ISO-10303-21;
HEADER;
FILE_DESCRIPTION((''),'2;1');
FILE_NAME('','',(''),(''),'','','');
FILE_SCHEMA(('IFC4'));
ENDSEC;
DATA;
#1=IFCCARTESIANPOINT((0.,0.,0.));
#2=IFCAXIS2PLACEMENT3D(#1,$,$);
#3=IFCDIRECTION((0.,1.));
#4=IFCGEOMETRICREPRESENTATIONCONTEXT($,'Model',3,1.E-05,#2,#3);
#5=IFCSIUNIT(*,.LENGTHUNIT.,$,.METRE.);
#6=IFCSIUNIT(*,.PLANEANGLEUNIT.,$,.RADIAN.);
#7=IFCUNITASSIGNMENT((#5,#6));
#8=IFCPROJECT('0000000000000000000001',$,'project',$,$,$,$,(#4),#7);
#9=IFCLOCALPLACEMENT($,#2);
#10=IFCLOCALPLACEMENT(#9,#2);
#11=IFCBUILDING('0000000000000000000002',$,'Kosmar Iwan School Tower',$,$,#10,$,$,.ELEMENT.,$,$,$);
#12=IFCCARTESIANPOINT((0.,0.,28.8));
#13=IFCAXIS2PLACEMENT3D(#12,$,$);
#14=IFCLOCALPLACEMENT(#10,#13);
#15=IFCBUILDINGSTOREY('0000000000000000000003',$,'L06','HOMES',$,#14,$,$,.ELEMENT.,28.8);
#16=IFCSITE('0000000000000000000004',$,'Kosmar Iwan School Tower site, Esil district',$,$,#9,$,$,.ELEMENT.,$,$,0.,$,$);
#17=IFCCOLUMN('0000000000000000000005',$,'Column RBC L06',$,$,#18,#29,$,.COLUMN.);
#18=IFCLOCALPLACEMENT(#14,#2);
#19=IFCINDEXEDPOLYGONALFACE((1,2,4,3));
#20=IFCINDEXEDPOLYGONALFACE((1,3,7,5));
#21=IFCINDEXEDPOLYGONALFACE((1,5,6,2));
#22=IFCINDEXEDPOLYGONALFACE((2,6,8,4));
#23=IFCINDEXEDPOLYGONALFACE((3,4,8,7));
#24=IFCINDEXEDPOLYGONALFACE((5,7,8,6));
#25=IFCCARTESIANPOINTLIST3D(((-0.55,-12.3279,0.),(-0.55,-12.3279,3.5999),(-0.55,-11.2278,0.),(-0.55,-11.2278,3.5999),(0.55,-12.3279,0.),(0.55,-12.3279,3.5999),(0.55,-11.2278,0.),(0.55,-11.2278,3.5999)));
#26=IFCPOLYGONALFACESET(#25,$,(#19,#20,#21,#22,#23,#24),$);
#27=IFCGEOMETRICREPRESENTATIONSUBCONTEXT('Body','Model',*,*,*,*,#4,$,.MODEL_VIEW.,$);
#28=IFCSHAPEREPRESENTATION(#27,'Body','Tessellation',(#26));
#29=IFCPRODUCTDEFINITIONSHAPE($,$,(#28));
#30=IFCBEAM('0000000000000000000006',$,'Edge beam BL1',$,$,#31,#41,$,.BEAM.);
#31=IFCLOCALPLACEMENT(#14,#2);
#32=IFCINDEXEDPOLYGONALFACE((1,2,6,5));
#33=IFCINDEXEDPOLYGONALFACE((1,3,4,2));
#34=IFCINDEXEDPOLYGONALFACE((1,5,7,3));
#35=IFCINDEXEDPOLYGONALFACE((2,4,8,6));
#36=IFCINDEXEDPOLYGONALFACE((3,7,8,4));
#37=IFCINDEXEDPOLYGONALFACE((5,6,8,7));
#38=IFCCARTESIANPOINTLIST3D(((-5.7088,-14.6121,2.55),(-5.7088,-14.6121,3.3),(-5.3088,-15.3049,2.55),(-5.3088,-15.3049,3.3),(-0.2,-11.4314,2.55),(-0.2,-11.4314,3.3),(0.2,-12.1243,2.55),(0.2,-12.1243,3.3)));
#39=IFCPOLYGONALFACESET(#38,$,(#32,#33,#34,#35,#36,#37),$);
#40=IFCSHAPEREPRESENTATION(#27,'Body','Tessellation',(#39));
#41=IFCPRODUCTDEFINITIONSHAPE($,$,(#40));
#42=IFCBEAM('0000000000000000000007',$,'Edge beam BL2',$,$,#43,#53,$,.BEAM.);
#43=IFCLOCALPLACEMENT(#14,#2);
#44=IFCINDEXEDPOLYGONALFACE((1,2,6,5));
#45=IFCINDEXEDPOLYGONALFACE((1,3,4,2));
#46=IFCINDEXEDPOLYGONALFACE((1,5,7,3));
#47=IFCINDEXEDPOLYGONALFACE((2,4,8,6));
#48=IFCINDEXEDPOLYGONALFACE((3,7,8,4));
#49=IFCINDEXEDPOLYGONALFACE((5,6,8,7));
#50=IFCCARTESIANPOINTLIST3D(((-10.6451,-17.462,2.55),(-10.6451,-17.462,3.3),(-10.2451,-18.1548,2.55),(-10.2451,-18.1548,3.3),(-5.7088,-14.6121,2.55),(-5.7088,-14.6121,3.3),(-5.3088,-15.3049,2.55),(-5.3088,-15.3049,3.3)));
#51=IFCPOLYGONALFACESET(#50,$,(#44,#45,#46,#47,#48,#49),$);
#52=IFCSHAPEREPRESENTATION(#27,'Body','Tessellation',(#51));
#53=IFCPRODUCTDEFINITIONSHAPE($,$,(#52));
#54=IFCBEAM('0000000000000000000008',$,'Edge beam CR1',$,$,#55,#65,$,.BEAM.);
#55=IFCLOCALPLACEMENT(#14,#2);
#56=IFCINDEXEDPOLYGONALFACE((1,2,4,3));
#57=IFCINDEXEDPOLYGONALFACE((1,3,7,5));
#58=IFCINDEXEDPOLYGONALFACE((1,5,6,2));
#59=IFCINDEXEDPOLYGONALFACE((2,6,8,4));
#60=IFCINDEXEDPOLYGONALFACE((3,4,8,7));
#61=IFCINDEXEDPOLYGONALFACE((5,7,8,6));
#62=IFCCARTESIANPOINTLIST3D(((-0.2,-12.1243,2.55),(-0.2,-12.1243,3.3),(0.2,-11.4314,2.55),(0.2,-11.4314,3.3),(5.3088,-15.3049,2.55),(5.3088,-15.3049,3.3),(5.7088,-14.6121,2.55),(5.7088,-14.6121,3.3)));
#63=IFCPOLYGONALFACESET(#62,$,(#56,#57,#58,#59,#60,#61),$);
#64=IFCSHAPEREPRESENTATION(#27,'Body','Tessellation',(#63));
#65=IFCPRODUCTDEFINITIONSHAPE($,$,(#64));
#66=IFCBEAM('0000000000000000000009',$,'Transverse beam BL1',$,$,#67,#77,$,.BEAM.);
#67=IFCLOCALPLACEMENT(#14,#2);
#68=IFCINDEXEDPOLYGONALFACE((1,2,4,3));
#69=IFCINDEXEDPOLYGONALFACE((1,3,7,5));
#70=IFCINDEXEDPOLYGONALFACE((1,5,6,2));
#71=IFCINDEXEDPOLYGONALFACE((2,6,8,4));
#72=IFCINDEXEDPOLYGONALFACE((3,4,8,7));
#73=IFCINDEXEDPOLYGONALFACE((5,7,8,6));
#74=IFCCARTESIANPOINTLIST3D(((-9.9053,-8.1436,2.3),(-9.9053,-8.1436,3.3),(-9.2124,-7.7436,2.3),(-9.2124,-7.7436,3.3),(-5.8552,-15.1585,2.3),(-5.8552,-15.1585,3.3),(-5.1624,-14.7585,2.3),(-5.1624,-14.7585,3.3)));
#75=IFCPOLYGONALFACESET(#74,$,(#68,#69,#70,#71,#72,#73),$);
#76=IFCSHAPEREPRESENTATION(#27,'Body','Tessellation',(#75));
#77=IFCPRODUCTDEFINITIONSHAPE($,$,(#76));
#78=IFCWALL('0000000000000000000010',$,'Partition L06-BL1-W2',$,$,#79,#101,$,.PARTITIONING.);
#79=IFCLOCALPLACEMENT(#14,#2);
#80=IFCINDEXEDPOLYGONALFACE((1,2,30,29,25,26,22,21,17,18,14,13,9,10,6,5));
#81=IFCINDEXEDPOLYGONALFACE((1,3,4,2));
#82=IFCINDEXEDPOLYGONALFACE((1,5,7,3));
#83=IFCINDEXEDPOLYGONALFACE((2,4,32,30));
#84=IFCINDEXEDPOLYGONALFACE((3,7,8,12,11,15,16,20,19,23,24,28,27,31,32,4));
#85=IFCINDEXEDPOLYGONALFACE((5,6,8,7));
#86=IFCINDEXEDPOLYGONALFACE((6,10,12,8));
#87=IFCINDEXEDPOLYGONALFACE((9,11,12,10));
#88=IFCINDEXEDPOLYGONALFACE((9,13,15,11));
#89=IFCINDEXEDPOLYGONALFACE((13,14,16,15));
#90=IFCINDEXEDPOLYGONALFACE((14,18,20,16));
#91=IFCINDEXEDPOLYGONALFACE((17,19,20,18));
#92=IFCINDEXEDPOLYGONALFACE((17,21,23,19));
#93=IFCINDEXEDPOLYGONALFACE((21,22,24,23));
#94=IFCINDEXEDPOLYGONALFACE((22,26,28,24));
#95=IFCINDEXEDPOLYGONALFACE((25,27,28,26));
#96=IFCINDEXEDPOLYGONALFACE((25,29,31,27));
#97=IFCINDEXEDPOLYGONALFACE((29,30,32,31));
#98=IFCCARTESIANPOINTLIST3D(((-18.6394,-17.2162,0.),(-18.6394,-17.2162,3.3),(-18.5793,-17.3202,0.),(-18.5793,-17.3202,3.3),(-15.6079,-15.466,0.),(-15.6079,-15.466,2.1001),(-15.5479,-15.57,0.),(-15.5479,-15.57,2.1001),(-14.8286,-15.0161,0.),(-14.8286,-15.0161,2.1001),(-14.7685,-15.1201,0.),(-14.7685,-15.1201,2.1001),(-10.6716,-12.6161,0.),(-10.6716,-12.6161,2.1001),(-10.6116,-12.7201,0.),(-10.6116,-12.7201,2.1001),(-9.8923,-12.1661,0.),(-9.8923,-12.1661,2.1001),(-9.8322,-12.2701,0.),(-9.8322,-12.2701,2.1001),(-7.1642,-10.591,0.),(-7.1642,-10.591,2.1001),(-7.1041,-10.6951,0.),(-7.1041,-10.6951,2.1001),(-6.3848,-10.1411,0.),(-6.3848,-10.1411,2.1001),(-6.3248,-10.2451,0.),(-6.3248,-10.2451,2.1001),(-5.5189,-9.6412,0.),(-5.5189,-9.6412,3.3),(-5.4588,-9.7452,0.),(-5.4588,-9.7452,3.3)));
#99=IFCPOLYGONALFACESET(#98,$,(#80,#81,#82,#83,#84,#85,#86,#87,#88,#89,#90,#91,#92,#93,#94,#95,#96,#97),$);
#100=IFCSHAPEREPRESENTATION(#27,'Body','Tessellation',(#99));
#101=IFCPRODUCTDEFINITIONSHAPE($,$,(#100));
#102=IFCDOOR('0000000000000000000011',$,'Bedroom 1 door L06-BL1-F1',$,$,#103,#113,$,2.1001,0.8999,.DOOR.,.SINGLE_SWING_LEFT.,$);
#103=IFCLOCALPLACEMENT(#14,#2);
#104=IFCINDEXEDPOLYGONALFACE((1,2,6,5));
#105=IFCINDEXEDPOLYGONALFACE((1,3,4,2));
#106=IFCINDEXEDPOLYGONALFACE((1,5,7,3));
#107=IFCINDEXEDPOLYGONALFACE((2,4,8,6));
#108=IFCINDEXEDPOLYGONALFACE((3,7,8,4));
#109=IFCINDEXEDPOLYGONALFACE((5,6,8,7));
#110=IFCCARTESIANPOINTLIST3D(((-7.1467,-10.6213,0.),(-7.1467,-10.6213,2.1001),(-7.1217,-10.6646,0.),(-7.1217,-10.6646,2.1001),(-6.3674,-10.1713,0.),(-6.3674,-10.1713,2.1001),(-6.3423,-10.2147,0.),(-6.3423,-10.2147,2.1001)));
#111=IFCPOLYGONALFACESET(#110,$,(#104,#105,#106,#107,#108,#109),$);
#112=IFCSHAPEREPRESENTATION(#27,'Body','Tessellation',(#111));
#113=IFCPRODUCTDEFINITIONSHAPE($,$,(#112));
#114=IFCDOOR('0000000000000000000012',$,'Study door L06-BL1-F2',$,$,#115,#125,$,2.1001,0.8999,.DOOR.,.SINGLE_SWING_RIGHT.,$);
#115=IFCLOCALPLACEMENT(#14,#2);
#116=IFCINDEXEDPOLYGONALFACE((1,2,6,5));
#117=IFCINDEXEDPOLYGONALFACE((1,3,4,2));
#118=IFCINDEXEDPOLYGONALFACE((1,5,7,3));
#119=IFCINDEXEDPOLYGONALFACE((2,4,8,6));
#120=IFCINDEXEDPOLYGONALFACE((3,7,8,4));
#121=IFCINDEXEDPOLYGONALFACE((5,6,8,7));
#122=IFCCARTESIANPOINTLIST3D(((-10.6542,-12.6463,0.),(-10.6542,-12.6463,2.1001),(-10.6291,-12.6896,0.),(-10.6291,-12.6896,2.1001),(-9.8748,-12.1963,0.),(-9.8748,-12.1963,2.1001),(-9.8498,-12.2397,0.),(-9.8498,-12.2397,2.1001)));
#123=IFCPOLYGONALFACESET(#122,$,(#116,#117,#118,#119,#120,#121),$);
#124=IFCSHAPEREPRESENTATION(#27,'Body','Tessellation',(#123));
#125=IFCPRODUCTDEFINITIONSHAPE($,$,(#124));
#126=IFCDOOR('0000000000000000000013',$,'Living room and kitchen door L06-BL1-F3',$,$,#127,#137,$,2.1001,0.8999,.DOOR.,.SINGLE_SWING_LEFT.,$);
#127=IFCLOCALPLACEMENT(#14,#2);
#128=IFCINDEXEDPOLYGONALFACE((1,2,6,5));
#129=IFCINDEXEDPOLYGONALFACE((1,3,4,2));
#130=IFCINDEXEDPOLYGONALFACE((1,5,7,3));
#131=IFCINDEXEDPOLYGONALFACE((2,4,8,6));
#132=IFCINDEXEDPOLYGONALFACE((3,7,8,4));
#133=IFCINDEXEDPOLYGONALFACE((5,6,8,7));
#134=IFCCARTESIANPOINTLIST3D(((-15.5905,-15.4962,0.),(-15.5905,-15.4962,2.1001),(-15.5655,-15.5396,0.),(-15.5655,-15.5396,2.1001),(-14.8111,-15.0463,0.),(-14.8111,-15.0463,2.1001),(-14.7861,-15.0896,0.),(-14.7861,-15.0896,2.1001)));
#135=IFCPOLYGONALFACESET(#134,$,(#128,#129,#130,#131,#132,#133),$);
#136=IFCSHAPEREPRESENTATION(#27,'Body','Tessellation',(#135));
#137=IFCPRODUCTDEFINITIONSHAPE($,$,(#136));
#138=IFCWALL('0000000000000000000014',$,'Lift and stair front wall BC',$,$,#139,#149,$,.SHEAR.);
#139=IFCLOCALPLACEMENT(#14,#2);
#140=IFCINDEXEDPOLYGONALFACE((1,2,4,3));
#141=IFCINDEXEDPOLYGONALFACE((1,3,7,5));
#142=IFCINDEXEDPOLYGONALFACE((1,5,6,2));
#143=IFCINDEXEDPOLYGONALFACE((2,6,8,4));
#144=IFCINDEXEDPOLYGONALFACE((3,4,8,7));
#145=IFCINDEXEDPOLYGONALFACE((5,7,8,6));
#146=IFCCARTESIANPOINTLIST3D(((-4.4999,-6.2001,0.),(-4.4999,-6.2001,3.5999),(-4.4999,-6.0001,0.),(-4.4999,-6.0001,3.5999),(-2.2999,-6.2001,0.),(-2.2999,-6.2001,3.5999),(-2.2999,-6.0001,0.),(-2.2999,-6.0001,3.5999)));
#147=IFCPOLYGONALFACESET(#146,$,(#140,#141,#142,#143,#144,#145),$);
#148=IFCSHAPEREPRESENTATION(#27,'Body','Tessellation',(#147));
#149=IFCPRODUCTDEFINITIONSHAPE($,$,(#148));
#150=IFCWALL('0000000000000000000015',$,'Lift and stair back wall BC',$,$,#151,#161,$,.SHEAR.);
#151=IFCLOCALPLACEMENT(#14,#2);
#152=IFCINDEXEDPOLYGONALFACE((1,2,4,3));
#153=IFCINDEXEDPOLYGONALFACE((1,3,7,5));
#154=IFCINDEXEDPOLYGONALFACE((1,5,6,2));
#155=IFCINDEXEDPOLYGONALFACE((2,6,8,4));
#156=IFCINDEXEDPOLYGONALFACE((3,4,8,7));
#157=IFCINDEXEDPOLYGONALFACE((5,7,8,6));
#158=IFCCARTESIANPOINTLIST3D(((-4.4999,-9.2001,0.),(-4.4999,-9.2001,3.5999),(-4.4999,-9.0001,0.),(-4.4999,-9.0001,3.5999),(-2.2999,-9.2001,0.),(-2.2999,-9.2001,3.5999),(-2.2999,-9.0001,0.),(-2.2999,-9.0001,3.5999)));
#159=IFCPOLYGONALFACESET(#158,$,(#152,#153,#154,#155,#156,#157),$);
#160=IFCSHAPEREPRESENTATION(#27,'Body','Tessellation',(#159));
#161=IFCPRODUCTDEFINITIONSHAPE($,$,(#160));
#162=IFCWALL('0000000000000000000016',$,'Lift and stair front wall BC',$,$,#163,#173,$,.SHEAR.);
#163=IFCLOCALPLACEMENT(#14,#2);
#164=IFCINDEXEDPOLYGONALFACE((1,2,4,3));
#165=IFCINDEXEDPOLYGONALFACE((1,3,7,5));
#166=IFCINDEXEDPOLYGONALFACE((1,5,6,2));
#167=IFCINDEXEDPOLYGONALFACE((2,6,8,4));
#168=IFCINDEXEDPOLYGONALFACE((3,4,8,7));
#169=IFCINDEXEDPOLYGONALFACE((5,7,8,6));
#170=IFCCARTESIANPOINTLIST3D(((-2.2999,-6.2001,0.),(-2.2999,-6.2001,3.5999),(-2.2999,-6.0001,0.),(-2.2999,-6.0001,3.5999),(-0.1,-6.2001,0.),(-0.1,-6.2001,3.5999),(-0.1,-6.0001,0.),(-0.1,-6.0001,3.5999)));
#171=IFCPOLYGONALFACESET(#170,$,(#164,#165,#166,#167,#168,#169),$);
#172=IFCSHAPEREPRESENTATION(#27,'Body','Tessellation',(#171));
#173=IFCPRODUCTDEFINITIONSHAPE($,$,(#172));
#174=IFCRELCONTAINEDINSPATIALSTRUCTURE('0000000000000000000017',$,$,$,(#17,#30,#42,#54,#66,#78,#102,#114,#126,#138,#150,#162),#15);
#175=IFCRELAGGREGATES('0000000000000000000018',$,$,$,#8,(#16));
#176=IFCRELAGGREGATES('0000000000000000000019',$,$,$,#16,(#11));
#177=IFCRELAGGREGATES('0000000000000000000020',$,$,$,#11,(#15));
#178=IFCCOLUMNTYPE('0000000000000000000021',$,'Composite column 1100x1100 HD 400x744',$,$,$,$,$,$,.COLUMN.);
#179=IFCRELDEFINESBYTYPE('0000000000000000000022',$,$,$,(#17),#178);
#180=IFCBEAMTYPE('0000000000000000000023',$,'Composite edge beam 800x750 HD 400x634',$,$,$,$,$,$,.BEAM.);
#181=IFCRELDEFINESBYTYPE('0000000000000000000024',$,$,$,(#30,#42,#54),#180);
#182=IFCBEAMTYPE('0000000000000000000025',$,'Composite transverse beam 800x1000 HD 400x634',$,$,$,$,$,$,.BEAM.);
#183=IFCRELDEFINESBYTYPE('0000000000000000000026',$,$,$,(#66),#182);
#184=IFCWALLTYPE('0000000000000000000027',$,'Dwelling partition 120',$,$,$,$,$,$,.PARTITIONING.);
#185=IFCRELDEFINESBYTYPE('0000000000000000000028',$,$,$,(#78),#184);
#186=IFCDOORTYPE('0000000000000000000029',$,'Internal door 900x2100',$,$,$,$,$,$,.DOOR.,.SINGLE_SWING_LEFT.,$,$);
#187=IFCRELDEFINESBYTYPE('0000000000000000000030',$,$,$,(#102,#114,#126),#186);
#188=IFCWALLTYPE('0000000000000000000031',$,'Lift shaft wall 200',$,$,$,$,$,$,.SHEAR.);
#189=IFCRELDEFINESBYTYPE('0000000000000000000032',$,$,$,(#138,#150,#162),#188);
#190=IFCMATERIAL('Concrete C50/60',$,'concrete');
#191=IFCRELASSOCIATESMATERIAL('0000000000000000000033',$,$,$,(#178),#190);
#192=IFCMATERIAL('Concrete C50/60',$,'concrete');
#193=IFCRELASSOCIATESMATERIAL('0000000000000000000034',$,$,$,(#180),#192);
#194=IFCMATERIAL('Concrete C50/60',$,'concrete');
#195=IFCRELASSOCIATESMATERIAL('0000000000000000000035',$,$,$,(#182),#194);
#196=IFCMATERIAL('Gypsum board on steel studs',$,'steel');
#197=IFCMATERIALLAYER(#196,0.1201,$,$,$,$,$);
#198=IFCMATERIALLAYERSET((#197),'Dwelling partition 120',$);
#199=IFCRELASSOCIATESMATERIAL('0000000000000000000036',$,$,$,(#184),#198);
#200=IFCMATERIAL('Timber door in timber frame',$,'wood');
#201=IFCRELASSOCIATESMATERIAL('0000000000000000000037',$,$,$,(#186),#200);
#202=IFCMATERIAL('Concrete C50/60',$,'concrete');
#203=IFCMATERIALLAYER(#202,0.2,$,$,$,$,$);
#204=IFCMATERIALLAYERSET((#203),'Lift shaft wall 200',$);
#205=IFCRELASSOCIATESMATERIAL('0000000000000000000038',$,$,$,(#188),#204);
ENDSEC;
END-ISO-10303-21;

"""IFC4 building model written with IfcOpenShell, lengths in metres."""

from ifc_helpers import new_model, si_unit, direction, frame, frame_2d, origin, origin_2d, place, context, subcontext, project, spatial, rectangle, extrude, material, layer, layer_set, material_profile, profile_set, type_object, element, fill, save


model = new_model("IFC4")

# Units and contexts
model_context = context("Model", 3, precision=1e-05, world=origin(), true_north=direction((0.0, 1.0)))
body_context = subcontext(model_context, "Body", "Model", "MODEL_VIEW")
ifc_project = project(units=[si_unit("LENGTHUNIT", "METRE"), si_unit("PLANEANGLEUNIT", "RADIAN")], contexts=[model_context])

# Site, building, storey
site_placement = place(None, origin())
site = spatial("IfcSite", under=ifc_project, at=site_placement, Name="Kosmar Iwan School Tower site, Esil district", CompositionType="ELEMENT", RefElevation=0.0)
building_placement = place(site_placement, origin())
building = spatial("IfcBuilding", under=site, at=building_placement, Name="Kosmar Iwan School Tower", CompositionType="ELEMENT")
storey_placement = place(building_placement, frame((0.0, 0.0, 28.8)))
storey = spatial("IfcBuildingStorey", under=building, at=storey_placement, Name="L06", Description="HOMES", CompositionType="ELEMENT", Elevation=28.8)

# Column
ifc_material_1 = material(Name="Concrete C50/60", Category="concrete")
ifc_material_profile_1 = material_profile(ifc_material_1, rectangle(XDim=1.1001, YDim=1.1001, at=origin_2d()), Name="RC 1100x1100 + HD 400x744")
ifc_profile_set_1 = profile_set([ifc_material_profile_1], Name="Concrete C50/60")
column_type = type_object("IfcColumnType", Name="Composite column 1100x1100 HD 400x744", PredefinedType="COLUMN", material=ifc_profile_set_1)
column_placement = place(storey_placement, frame((0.0, -11.7778, 0.0), z_axis=(0.0, 0.0, 1.0), x_axis=(1.0, 0.0, 0.0)))
element("IfcColumn", 1, at=column_placement, inside=storey, type_object=column_type, Name="Column RBC L06", PredefinedType="COLUMN", context=body_context, shape_type="SweptSolid", body=[
    extrude(rectangle(XDim=1.1001, YDim=1.1001, at=origin_2d()), origin(), (0.0, 0.0, 1.0), 3.5999),
])

# Beams
ifc_material_2 = material(Name="Concrete C50/60", Category="concrete")
ifc_material_profile_2 = material_profile(ifc_material_2, rectangle(XDim=0.8, YDim=0.75, at=origin_2d()), Name="RC 800x750 + HD 400x634")
ifc_profile_set_2 = profile_set([ifc_material_profile_2], Name="Concrete C50/60")
beam_type_1 = type_object("IfcBeamType", Name="Composite edge beam 800x750 HD 400x634", PredefinedType="BEAM", material=ifc_profile_set_2)
beam_1_placement = place(storey_placement, frame((0.0, -11.7778, 2.925), z_axis=(-0.866014, -0.500019, 0.0), x_axis=(0.500019, -0.866014, 0.0)))
element("IfcBeam", 2, at=beam_1_placement, inside=storey, type_object=beam_type_1, Name="Edge beam BL1", PredefinedType="BEAM", context=body_context, shape_type="SweptSolid", body=[
    extrude(rectangle(XDim=0.8, YDim=0.75, at=origin_2d()), origin(), (0.0, 0.0, 1.0), 6.3611),
])
beam_2_placement = place(storey_placement, frame((-5.5088, -14.9585, 2.925), z_axis=(-0.866034, -0.499986, 0.0), x_axis=(0.499986, -0.866034, 0.0)))
element("IfcBeam", 3, at=beam_2_placement, inside=storey, type_object=beam_type_1, Name="Edge beam BL2", PredefinedType="BEAM", context=body_context, shape_type="SweptSolid", body=[
    extrude(rectangle(XDim=0.8, YDim=0.75, at=origin_2d()), origin(), (0.0, 0.0, 1.0), 5.7),
])
beam_3_placement = place(storey_placement, frame((0.0, -11.7778, 2.925), z_axis=(0.866014, -0.500019, 0.0), x_axis=(0.500019, 0.866014, 0.0)))
element("IfcBeam", 4, at=beam_3_placement, inside=storey, type_object=beam_type_1, Name="Edge beam CR1", PredefinedType="BEAM", context=body_context, shape_type="SweptSolid", body=[
    extrude(rectangle(XDim=0.8, YDim=0.75, at=origin_2d()), origin(), (0.0, 0.0, 1.0), 6.3611),
])
ifc_material_3 = material(Name="Concrete C50/60", Category="concrete")
ifc_material_profile_3 = material_profile(ifc_material_3, rectangle(XDim=0.8, YDim=1.0, at=origin_2d()), Name="RC 800x1000 + HD 400x634")
ifc_profile_set_3 = profile_set([ifc_material_profile_3], Name="Concrete C50/60")
beam_type_2 = type_object("IfcBeamType", Name="Composite transverse beam 800x1000 HD 400x634", PredefinedType="BEAM", material=ifc_profile_set_3)
beam_4_placement = place(storey_placement, frame((-5.5088, -14.9585, 2.8), z_axis=(-0.5, 0.866025, 0.0), x_axis=(-0.866025, -0.5, 0.0)))
element("IfcBeam", 5, at=beam_4_placement, inside=storey, type_object=beam_type_2, Name="Transverse beam BL1", PredefinedType="BEAM", context=body_context, shape_type="SweptSolid", body=[
    extrude(rectangle(XDim=0.8, YDim=1.0, at=origin_2d()), origin(), (0.0, 0.0, 1.0), 8.1001),
])

# Wall, openings, doors
ifc_material_4 = material(Name="Gypsum board on steel studs", Category="steel")
ifc_layer_1 = layer(ifc_material_4, 0.1201)
ifc_layer_set_1 = layer_set([ifc_layer_1], Name="Dwelling partition 120")
wall_type_1 = type_object("IfcWallType", Name="Dwelling partition 120", PredefinedType="PARTITIONING", material=ifc_layer_set_1)
wall_placement = place(storey_placement, frame((-5.4888, -9.6931, 0.0), z_axis=(0.0, 0.0, 1.0), x_axis=(-0.866028, -0.499995, 0.0)))
wall = element("IfcWall", 6, at=wall_placement, inside=storey, type_object=wall_type_1, Name="Partition L06-BL1-W2", PredefinedType="PARTITIONING", context=body_context, shape_type="SweptSolid", body=[
    extrude(rectangle(XDim=15.1501, YDim=0.1201, at=frame_2d((7.5752, 0.0))), origin(), (0.0, 0.0, 1.0), 3.3),
])
opening_1_placement = place(wall_placement, frame((1.0, 0.0, 0.0)))
opening_1 = element("IfcOpeningElement", 7, at=opening_1_placement, cuts=wall, PredefinedType="OPENING", context=body_context, shape_type="SweptSolid", body=[
    extrude(rectangle(XDim=0.8999, YDim=2.1001, at=frame_2d((0.45, 1.05))), frame((0.0, 0.072, 0.0), z_axis=(0.0, -1.0, 0.0), x_axis=(1.0, 0.0, 0.0)), (0.0, 0.0, 1.0), 0.144),
])
opening_2_placement = place(wall_placement, frame((5.05, 0.0, 0.0)))
opening_2 = element("IfcOpeningElement", 8, at=opening_2_placement, cuts=wall, PredefinedType="OPENING", context=body_context, shape_type="SweptSolid", body=[
    extrude(rectangle(XDim=0.8999, YDim=2.1001, at=frame_2d((0.45, 1.05))), frame((0.0, 0.072, 0.0), z_axis=(0.0, -1.0, 0.0), x_axis=(1.0, 0.0, 0.0)), (0.0, 0.0, 1.0), 0.144),
])
opening_3_placement = place(wall_placement, frame((10.75, 0.0, 0.0)))
opening_3 = element("IfcOpeningElement", 9, at=opening_3_placement, cuts=wall, PredefinedType="OPENING", context=body_context, shape_type="SweptSolid", body=[
    extrude(rectangle(XDim=0.8999, YDim=2.1001, at=frame_2d((0.45, 1.05))), frame((0.0, 0.072, 0.0), z_axis=(0.0, -1.0, 0.0), x_axis=(1.0, 0.0, 0.0)), (0.0, 0.0, 1.0), 0.144),
])
ifc_material_5 = material(Name="Timber door in timber frame", Category="wood")
door_type = type_object("IfcDoorType", Name="Internal door 900x2100", OperationType="SINGLE_SWING_LEFT", PredefinedType="DOOR", material=ifc_material_5)
door_1_placement = place(opening_1_placement, origin())
door_1 = element("IfcDoor", 10, at=door_1_placement, inside=storey, type_object=door_type, Name="Bedroom 1 door L06-BL1-F1", OperationType="SINGLE_SWING_LEFT", OverallHeight=2.1001, OverallWidth=0.8999, PredefinedType="DOOR", context=body_context, shape_type="SweptSolid", body=[
    extrude(rectangle(XDim=0.8999, YDim=2.1001, at=frame_2d((0.45, 1.05))), frame((0.0, 0.0249, 0.0), z_axis=(0.0, -1.0, 0.0), x_axis=(1.0, 0.0, 0.0)), (0.0, 0.0, 1.0), 0.05),
])
fill(opening_1, door_1)
door_2_placement = place(opening_2_placement, origin())
door_2 = element("IfcDoor", 11, at=door_2_placement, inside=storey, type_object=door_type, Name="Study door L06-BL1-F2", OperationType="SINGLE_SWING_RIGHT", OverallHeight=2.1001, OverallWidth=0.8999, PredefinedType="DOOR", context=body_context, shape_type="SweptSolid", body=[
    extrude(rectangle(XDim=0.8999, YDim=2.1001, at=frame_2d((0.45, 1.05))), frame((0.0, 0.0249, 0.0), z_axis=(0.0, -1.0, 0.0), x_axis=(1.0, 0.0, 0.0)), (0.0, 0.0, 1.0), 0.05),
])
fill(opening_2, door_2)
door_3_placement = place(opening_3_placement, origin())
door_3 = element("IfcDoor", 12, at=door_3_placement, inside=storey, type_object=door_type, Name="Living room and kitchen door L06-BL1-F3", OperationType="SINGLE_SWING_LEFT", OverallHeight=2.1001, OverallWidth=0.8999, PredefinedType="DOOR", context=body_context, shape_type="SweptSolid", body=[
    extrude(rectangle(XDim=0.8999, YDim=2.1001, at=frame_2d((0.45, 1.05))), frame((0.0, 0.0249, 0.0), z_axis=(0.0, -1.0, 0.0), x_axis=(1.0, 0.0, 0.0)), (0.0, 0.0, 1.0), 0.05),
])
fill(opening_3, door_3)

# Walls
ifc_material_6 = material(Name="Concrete C50/60", Category="concrete")
ifc_layer_2 = layer(ifc_material_6, 0.2)
ifc_layer_set_2 = layer_set([ifc_layer_2], Name="Lift shaft wall 200")
wall_type_2 = type_object("IfcWallType", Name="Lift shaft wall 200", PredefinedType="SHEAR", material=ifc_layer_set_2)
for number, where, z_axis, x_axis, name in (
    (13, (-4.5, -6.1001, 0.0), (0.0, 0.0, 1.0), (1.0, 0.0, 0.0), "Lift and stair front wall BC"),
    (14, (-4.5, -9.1001, 0.0), (0.0, 0.0, 1.0), (1.0, 0.0, 0.0), "Lift and stair back wall BC"),
    (15, (-2.3, -6.1001, 0.0), (0.0, 0.0, 1.0), (1.0, 0.0, 0.0), "Lift and stair front wall BC"),
):
    element("IfcWall", number, at=place(storey_placement, frame(where, z_axis=z_axis, x_axis=x_axis)), inside=storey, type_object=wall_type_2, Name=name, PredefinedType="SHEAR", context=body_context, shape_type="SweptSolid", body=[
        extrude(rectangle(XDim=2.2, YDim=0.2, at=frame_2d((1.1001, 0.0))), origin(), (0.0, 0.0, 1.0), 3.5999),
    ])

save(model, "model.ifc")
